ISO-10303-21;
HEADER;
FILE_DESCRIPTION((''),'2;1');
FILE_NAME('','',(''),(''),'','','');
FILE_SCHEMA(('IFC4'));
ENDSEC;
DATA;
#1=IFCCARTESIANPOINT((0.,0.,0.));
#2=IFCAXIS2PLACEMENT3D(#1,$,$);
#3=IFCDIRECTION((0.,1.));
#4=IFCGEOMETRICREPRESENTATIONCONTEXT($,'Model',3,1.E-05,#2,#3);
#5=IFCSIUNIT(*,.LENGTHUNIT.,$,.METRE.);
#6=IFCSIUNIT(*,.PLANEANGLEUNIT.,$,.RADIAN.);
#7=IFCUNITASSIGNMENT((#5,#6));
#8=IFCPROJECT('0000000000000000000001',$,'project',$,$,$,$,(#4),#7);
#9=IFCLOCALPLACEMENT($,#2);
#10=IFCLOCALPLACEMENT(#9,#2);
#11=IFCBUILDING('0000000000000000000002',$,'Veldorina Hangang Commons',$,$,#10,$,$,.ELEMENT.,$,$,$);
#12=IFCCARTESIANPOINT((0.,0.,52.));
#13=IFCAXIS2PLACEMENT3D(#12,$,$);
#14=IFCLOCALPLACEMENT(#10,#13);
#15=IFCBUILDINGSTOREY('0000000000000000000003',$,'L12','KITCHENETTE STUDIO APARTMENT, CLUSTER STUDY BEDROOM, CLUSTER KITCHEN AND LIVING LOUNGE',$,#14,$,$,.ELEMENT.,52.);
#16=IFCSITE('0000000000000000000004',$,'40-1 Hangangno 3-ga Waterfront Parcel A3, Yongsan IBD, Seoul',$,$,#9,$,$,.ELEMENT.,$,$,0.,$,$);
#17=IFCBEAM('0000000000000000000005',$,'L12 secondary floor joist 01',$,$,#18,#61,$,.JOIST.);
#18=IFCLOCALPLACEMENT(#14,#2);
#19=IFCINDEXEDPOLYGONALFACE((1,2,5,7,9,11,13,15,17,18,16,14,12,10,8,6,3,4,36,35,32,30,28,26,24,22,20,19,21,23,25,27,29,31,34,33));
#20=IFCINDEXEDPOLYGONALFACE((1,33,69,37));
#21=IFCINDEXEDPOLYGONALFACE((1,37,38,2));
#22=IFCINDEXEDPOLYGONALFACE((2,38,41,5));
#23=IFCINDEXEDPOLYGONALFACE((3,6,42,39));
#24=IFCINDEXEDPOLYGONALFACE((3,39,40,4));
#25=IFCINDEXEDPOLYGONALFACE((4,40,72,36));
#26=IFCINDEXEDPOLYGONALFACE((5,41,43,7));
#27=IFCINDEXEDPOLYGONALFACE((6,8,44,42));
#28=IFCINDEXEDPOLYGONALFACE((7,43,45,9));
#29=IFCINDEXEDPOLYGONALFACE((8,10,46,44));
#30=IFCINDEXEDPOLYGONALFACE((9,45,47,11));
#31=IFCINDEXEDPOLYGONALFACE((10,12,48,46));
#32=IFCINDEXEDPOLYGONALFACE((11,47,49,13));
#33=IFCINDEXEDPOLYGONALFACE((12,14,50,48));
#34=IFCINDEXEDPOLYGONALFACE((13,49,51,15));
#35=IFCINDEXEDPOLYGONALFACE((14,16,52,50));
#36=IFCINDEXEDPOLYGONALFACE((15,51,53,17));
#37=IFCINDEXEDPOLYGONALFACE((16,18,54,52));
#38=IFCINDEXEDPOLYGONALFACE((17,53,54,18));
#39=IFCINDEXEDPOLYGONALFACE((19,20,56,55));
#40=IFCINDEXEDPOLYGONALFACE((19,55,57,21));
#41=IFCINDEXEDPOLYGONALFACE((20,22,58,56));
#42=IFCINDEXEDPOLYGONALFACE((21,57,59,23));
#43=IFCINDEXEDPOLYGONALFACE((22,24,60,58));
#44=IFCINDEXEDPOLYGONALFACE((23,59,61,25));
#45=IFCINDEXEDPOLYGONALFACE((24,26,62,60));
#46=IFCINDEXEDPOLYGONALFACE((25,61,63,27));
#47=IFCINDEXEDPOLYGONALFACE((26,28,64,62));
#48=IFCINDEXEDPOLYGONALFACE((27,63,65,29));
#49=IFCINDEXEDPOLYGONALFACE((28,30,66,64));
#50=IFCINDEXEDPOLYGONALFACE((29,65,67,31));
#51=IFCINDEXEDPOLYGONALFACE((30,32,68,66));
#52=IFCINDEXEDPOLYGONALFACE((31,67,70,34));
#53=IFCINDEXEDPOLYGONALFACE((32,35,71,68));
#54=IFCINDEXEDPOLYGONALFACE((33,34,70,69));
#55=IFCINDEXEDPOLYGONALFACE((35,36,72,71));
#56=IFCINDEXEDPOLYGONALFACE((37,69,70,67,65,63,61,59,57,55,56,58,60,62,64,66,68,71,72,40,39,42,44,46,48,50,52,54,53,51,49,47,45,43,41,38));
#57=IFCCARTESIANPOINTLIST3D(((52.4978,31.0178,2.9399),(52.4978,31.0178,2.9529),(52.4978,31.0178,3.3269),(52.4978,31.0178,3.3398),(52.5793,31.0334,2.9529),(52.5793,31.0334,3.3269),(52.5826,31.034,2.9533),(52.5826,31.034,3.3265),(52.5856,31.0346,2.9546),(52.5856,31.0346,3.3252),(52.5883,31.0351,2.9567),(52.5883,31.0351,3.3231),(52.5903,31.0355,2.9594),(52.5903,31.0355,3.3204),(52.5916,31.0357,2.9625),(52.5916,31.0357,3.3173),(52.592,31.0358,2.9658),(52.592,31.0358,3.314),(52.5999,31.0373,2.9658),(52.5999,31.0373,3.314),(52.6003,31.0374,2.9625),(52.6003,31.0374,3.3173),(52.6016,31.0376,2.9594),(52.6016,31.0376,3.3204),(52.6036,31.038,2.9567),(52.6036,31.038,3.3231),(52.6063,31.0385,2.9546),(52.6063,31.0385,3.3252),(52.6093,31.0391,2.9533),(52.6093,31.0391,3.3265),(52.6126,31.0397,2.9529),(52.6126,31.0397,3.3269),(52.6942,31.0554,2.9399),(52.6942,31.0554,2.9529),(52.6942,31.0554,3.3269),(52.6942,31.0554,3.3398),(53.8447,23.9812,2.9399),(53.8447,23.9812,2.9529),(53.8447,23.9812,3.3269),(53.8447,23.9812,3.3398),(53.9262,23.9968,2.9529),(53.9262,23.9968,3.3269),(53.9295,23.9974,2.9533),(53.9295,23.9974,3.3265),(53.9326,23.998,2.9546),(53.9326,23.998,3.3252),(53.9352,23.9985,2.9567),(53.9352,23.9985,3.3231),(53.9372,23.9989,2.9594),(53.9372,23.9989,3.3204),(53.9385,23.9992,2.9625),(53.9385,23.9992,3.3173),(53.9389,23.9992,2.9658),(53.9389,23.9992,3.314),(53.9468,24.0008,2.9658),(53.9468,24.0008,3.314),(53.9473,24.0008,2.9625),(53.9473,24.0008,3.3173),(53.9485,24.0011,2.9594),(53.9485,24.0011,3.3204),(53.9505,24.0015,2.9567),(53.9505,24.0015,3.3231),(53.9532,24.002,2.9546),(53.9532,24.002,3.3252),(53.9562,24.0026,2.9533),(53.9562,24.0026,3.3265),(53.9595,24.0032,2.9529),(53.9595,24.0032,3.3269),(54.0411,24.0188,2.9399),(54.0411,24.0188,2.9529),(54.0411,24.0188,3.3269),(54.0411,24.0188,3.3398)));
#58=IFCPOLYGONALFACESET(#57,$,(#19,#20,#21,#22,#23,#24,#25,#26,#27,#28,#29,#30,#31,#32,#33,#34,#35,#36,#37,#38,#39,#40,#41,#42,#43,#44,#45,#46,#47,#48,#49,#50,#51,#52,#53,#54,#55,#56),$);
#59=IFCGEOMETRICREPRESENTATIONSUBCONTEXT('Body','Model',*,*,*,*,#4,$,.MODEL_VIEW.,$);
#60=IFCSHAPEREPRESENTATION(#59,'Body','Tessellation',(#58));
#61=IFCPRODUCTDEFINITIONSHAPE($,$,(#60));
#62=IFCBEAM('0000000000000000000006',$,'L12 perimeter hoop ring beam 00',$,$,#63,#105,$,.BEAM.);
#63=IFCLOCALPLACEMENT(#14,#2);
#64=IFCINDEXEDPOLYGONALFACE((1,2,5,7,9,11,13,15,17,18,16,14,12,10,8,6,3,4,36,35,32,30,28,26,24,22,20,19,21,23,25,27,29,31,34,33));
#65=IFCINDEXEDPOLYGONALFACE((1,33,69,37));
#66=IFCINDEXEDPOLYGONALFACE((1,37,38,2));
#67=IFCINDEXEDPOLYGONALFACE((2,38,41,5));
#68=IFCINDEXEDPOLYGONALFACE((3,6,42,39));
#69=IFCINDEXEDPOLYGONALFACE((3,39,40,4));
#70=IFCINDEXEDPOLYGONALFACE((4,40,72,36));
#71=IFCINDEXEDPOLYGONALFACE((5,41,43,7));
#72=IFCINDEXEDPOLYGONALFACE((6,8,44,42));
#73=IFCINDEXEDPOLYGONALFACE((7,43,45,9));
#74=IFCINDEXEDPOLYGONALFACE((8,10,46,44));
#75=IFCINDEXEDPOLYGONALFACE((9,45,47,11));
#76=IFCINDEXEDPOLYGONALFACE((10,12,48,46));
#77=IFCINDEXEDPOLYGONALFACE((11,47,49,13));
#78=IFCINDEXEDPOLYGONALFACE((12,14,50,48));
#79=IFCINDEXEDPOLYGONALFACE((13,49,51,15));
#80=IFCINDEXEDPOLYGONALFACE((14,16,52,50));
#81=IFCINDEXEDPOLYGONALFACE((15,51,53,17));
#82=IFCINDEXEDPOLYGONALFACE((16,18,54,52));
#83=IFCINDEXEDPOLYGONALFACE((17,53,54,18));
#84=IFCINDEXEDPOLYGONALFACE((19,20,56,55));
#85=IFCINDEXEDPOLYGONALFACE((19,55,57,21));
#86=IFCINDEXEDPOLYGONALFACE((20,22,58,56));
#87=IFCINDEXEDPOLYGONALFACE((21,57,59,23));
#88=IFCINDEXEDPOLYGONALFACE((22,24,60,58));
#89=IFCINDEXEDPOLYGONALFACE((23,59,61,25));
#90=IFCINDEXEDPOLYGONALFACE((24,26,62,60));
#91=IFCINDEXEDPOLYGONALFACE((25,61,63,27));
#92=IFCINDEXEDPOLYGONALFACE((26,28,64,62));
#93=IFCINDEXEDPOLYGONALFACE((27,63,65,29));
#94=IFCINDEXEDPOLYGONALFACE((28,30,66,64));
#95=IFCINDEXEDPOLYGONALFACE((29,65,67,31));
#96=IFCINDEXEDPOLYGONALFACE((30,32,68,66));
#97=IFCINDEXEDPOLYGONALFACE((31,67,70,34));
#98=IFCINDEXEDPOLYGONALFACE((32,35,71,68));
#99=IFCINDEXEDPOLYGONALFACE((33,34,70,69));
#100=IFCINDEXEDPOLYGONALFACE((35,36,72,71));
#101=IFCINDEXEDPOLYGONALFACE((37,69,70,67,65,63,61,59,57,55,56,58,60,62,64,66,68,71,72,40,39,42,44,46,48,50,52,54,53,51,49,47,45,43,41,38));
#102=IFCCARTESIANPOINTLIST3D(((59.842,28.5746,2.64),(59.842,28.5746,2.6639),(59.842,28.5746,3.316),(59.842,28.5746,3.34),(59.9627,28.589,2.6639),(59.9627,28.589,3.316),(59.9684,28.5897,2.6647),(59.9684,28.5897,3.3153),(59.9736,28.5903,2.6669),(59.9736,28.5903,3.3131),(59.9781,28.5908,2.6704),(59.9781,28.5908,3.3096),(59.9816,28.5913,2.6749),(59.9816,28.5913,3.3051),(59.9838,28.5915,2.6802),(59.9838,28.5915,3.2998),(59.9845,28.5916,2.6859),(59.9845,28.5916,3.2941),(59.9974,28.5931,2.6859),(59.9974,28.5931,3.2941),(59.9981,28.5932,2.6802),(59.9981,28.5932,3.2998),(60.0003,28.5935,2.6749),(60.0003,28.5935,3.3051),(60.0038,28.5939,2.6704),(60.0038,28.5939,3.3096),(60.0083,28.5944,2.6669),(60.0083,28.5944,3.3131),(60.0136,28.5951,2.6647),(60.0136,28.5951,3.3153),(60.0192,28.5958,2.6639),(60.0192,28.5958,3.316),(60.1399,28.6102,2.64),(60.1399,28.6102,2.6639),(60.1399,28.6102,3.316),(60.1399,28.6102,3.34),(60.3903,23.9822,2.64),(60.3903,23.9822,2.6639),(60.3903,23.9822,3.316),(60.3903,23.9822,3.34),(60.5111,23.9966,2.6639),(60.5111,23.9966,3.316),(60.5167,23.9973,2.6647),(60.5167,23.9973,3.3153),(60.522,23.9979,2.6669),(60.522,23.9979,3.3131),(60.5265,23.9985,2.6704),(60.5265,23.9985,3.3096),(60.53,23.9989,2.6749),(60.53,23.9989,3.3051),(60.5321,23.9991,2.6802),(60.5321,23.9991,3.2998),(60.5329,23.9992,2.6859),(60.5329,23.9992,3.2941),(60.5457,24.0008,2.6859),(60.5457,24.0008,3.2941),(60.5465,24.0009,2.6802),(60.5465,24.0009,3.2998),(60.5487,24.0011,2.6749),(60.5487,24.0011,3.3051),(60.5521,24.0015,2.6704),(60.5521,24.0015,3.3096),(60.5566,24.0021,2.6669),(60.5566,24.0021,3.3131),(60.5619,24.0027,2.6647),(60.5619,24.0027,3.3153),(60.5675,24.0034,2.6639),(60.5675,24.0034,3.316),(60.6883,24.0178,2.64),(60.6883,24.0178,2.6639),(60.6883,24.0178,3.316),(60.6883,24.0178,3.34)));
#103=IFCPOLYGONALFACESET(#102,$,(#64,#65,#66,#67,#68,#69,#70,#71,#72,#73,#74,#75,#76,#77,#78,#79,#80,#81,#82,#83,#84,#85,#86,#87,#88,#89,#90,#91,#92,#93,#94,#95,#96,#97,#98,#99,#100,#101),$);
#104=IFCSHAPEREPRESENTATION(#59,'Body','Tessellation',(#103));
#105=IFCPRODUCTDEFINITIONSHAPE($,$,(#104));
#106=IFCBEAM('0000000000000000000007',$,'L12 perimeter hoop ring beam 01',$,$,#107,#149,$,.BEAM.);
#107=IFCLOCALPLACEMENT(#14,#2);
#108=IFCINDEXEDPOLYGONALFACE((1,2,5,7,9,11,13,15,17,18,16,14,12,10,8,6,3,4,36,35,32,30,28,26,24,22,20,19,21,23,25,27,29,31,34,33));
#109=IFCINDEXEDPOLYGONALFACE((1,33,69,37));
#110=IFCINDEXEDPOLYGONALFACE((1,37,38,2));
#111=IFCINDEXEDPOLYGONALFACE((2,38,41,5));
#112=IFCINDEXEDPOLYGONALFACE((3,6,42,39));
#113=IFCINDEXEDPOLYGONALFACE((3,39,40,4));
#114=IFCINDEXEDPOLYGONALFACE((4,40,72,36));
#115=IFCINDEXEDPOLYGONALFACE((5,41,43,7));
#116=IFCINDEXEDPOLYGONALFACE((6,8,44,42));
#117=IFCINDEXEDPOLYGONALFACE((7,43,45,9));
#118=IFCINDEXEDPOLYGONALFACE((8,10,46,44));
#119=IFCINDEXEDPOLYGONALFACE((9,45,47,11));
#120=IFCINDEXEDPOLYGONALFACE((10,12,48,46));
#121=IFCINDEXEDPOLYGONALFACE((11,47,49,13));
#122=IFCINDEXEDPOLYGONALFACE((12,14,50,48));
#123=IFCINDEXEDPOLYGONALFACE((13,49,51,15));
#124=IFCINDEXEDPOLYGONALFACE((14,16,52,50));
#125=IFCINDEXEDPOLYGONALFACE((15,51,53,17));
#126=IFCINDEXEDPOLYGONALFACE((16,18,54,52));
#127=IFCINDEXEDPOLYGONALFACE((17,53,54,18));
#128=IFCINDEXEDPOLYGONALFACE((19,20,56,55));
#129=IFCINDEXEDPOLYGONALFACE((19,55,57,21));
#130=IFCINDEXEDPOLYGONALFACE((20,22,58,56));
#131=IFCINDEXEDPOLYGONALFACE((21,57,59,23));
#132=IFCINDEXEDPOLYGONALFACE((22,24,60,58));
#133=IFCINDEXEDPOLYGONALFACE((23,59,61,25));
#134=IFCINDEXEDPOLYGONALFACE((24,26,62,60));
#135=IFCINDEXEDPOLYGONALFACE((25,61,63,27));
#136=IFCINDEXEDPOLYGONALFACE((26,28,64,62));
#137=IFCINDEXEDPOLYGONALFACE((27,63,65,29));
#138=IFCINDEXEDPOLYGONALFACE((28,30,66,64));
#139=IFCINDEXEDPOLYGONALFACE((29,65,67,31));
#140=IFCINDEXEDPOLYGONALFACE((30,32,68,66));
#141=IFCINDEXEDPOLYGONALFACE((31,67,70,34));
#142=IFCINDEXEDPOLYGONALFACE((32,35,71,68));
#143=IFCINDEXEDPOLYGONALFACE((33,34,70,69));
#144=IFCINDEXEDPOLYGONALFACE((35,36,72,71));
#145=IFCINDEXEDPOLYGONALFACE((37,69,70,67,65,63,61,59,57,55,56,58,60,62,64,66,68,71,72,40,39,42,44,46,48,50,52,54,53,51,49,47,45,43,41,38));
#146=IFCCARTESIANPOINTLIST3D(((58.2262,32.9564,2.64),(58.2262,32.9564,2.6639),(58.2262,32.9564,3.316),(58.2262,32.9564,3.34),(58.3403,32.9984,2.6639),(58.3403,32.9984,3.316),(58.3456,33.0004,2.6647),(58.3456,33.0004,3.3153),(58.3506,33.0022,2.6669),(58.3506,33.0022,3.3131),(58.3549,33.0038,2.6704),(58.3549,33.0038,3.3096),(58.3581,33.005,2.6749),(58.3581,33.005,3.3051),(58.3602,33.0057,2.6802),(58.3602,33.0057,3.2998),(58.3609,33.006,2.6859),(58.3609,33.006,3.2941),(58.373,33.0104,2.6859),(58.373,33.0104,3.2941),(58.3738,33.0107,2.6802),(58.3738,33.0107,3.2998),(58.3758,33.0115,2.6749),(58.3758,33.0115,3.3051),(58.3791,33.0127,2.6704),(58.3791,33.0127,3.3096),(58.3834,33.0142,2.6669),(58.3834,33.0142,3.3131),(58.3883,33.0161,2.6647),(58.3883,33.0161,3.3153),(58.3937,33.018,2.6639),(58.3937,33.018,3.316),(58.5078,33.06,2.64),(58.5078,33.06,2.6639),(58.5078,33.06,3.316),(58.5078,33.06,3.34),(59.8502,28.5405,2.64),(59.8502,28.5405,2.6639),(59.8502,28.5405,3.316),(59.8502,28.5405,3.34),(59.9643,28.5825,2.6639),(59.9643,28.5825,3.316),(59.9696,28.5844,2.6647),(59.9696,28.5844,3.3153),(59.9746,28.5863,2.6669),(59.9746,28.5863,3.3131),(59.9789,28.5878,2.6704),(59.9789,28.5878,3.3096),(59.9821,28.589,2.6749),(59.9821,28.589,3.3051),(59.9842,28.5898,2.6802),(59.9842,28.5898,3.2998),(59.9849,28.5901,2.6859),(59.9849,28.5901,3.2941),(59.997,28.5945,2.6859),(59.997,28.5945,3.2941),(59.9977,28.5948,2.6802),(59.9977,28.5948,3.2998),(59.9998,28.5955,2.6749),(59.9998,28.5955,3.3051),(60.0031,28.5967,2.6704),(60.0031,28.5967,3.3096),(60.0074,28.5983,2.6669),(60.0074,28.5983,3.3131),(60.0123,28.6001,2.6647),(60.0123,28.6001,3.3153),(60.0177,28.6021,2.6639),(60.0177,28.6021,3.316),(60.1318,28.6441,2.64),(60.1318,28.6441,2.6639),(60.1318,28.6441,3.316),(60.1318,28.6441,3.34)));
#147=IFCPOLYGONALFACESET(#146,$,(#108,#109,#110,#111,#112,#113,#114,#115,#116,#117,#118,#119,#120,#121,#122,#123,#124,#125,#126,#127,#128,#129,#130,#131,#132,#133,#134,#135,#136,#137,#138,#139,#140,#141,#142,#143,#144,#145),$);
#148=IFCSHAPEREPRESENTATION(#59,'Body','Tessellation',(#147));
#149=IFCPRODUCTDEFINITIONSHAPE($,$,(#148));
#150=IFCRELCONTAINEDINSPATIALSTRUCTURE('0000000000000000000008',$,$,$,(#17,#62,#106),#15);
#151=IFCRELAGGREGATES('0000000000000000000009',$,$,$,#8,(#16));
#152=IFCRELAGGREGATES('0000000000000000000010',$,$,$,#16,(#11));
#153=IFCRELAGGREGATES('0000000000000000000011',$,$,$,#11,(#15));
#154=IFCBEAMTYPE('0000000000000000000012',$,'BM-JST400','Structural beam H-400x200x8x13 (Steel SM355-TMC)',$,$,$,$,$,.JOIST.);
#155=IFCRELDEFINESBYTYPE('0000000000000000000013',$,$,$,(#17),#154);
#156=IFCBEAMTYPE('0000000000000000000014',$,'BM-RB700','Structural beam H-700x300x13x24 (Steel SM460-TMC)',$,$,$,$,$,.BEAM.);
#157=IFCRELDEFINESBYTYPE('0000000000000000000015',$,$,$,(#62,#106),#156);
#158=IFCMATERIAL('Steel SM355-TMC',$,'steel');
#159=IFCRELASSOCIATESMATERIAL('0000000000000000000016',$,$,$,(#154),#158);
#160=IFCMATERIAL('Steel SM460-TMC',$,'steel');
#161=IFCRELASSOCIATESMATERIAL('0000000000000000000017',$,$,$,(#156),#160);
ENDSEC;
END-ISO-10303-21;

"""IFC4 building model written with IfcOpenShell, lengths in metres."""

from ifc_helpers import new_model, si_unit, direction, frame, origin, origin_2d, place, context, subcontext, project, spatial, i_section, extrude, material, material_profile, profile_set, type_object, element, save


model = new_model("IFC4")

# Units and contexts
model_context = context("Model", 3, precision=1e-05, world=origin(), true_north=direction((0.0, 1.0)))
body_context = subcontext(model_context, "Body", "Model", "MODEL_VIEW")
ifc_project = project(units=[si_unit("LENGTHUNIT", "METRE"), si_unit("PLANEANGLEUNIT", "RADIAN")], contexts=[model_context])

# Site, building, storey
site_placement = place(None, origin())
site = spatial("IfcSite", under=ifc_project, at=site_placement, Name="40-1 Hangangno 3-ga Waterfront Parcel A3, Yongsan IBD, Seoul", CompositionType="ELEMENT", RefElevation=0.0)
building_placement = place(site_placement, origin())
building = spatial("IfcBuilding", under=site, at=building_placement, Name="Veldorina Hangang Commons", CompositionType="ELEMENT")
storey_placement = place(building_placement, frame((0.0, 0.0, 52.0)))
storey = spatial("IfcBuildingStorey", under=building, at=storey_placement, Name="L12", Description="KITCHENETTE STUDIO APARTMENT, CLUSTER STUDY BEDROOM, CLUSTER KITCHEN AND LIVING LOUNGE", CompositionType="ELEMENT", Elevation=52.0)

# Beams
ifc_material_1 = material(Name="Steel SM355-TMC", Category="steel")
ifc_material_profile_1 = material_profile(ifc_material_1, i_section(OverallWidth=0.2, OverallDepth=0.3999, WebThickness=0.0081, FlangeThickness=0.0129, FilletRadius=0.0129, at=origin_2d()), Name="H-400x200x8x13")
ifc_profile_set_1 = profile_set([ifc_material_profile_1], Name="Steel SM355-TMC")
beam_type_1 = type_object("IfcBeamType", Name="BM-JST400", Description="Structural beam H-400x200x8x13 (Steel SM355-TMC)", PredefinedType="JOIST", material=ifc_profile_set_1)
beam_1_placement = place(storey_placement, frame((53.9429, 24.0, 3.1399), z_axis=(-0.188003, 0.982168, 0.0), x_axis=(-0.982168, -0.188003, 0.0)))
element("IfcBeam", 1, at=beam_1_placement, inside=storey, type_object=beam_type_1, Name="L12 secondary floor joist 01", PredefinedType="JOIST", context=body_context, shape_type="SweptSolid", body=[
    extrude(i_section(OverallWidth=0.2, OverallDepth=0.3999, WebThickness=0.0081, FlangeThickness=0.0129, FilletRadius=0.0129, at=origin_2d()), origin(), (0.0, 0.0, 1.0), 7.1643),
])
ifc_material_2 = material(Name="Steel SM460-TMC", Category="steel")
ifc_material_profile_2 = material_profile(ifc_material_2, i_section(OverallWidth=0.3, OverallDepth=0.7, WebThickness=0.0129, FlangeThickness=0.0239, FilletRadius=0.022, at=origin_2d()), Name="H-700x300x13x24")
ifc_profile_set_2 = profile_set([ifc_material_profile_2], Name="Steel SM460-TMC")
beam_type_2 = type_object("IfcBeamType", Name="BM-RB700", Description="Structural beam H-700x300x13x24 (Steel SM460-TMC)", PredefinedType="BEAM", material=ifc_profile_set_2)
beam_2_placement = place(storey_placement, frame((60.5393, 24.0, 2.99), z_axis=(-0.118562, 0.992947, 0.0), x_axis=(-0.992947, -0.118562, 0.0)))
element("IfcBeam", 2, at=beam_2_placement, inside=storey, type_object=beam_type_2, Name="L12 perimeter hoop ring beam 00", PredefinedType="BEAM", context=body_context, shape_type="SweptSolid", body=[
    extrude(i_section(OverallWidth=0.3, OverallDepth=0.7, WebThickness=0.0129, FlangeThickness=0.0239, FilletRadius=0.022, at=origin_2d()), origin(), (0.0, 0.0, 1.0), 4.625),
])
beam_3_placement = place(storey_placement, frame((59.991, 28.5923, 2.99), z_axis=(-0.345157, 0.938545, 0.0), x_axis=(-0.938545, -0.345157, 0.0)))
element("IfcBeam", 3, at=beam_3_placement, inside=storey, type_object=beam_type_2, Name="L12 perimeter hoop ring beam 01", PredefinedType="BEAM", context=body_context, shape_type="SweptSolid", body=[
    extrude(i_section(OverallWidth=0.3, OverallDepth=0.7, WebThickness=0.0129, FlangeThickness=0.0239, FilletRadius=0.022, at=origin_2d()), origin(), (0.0, 0.0, 1.0), 4.7051),
])

save(model, "model.ifc")
